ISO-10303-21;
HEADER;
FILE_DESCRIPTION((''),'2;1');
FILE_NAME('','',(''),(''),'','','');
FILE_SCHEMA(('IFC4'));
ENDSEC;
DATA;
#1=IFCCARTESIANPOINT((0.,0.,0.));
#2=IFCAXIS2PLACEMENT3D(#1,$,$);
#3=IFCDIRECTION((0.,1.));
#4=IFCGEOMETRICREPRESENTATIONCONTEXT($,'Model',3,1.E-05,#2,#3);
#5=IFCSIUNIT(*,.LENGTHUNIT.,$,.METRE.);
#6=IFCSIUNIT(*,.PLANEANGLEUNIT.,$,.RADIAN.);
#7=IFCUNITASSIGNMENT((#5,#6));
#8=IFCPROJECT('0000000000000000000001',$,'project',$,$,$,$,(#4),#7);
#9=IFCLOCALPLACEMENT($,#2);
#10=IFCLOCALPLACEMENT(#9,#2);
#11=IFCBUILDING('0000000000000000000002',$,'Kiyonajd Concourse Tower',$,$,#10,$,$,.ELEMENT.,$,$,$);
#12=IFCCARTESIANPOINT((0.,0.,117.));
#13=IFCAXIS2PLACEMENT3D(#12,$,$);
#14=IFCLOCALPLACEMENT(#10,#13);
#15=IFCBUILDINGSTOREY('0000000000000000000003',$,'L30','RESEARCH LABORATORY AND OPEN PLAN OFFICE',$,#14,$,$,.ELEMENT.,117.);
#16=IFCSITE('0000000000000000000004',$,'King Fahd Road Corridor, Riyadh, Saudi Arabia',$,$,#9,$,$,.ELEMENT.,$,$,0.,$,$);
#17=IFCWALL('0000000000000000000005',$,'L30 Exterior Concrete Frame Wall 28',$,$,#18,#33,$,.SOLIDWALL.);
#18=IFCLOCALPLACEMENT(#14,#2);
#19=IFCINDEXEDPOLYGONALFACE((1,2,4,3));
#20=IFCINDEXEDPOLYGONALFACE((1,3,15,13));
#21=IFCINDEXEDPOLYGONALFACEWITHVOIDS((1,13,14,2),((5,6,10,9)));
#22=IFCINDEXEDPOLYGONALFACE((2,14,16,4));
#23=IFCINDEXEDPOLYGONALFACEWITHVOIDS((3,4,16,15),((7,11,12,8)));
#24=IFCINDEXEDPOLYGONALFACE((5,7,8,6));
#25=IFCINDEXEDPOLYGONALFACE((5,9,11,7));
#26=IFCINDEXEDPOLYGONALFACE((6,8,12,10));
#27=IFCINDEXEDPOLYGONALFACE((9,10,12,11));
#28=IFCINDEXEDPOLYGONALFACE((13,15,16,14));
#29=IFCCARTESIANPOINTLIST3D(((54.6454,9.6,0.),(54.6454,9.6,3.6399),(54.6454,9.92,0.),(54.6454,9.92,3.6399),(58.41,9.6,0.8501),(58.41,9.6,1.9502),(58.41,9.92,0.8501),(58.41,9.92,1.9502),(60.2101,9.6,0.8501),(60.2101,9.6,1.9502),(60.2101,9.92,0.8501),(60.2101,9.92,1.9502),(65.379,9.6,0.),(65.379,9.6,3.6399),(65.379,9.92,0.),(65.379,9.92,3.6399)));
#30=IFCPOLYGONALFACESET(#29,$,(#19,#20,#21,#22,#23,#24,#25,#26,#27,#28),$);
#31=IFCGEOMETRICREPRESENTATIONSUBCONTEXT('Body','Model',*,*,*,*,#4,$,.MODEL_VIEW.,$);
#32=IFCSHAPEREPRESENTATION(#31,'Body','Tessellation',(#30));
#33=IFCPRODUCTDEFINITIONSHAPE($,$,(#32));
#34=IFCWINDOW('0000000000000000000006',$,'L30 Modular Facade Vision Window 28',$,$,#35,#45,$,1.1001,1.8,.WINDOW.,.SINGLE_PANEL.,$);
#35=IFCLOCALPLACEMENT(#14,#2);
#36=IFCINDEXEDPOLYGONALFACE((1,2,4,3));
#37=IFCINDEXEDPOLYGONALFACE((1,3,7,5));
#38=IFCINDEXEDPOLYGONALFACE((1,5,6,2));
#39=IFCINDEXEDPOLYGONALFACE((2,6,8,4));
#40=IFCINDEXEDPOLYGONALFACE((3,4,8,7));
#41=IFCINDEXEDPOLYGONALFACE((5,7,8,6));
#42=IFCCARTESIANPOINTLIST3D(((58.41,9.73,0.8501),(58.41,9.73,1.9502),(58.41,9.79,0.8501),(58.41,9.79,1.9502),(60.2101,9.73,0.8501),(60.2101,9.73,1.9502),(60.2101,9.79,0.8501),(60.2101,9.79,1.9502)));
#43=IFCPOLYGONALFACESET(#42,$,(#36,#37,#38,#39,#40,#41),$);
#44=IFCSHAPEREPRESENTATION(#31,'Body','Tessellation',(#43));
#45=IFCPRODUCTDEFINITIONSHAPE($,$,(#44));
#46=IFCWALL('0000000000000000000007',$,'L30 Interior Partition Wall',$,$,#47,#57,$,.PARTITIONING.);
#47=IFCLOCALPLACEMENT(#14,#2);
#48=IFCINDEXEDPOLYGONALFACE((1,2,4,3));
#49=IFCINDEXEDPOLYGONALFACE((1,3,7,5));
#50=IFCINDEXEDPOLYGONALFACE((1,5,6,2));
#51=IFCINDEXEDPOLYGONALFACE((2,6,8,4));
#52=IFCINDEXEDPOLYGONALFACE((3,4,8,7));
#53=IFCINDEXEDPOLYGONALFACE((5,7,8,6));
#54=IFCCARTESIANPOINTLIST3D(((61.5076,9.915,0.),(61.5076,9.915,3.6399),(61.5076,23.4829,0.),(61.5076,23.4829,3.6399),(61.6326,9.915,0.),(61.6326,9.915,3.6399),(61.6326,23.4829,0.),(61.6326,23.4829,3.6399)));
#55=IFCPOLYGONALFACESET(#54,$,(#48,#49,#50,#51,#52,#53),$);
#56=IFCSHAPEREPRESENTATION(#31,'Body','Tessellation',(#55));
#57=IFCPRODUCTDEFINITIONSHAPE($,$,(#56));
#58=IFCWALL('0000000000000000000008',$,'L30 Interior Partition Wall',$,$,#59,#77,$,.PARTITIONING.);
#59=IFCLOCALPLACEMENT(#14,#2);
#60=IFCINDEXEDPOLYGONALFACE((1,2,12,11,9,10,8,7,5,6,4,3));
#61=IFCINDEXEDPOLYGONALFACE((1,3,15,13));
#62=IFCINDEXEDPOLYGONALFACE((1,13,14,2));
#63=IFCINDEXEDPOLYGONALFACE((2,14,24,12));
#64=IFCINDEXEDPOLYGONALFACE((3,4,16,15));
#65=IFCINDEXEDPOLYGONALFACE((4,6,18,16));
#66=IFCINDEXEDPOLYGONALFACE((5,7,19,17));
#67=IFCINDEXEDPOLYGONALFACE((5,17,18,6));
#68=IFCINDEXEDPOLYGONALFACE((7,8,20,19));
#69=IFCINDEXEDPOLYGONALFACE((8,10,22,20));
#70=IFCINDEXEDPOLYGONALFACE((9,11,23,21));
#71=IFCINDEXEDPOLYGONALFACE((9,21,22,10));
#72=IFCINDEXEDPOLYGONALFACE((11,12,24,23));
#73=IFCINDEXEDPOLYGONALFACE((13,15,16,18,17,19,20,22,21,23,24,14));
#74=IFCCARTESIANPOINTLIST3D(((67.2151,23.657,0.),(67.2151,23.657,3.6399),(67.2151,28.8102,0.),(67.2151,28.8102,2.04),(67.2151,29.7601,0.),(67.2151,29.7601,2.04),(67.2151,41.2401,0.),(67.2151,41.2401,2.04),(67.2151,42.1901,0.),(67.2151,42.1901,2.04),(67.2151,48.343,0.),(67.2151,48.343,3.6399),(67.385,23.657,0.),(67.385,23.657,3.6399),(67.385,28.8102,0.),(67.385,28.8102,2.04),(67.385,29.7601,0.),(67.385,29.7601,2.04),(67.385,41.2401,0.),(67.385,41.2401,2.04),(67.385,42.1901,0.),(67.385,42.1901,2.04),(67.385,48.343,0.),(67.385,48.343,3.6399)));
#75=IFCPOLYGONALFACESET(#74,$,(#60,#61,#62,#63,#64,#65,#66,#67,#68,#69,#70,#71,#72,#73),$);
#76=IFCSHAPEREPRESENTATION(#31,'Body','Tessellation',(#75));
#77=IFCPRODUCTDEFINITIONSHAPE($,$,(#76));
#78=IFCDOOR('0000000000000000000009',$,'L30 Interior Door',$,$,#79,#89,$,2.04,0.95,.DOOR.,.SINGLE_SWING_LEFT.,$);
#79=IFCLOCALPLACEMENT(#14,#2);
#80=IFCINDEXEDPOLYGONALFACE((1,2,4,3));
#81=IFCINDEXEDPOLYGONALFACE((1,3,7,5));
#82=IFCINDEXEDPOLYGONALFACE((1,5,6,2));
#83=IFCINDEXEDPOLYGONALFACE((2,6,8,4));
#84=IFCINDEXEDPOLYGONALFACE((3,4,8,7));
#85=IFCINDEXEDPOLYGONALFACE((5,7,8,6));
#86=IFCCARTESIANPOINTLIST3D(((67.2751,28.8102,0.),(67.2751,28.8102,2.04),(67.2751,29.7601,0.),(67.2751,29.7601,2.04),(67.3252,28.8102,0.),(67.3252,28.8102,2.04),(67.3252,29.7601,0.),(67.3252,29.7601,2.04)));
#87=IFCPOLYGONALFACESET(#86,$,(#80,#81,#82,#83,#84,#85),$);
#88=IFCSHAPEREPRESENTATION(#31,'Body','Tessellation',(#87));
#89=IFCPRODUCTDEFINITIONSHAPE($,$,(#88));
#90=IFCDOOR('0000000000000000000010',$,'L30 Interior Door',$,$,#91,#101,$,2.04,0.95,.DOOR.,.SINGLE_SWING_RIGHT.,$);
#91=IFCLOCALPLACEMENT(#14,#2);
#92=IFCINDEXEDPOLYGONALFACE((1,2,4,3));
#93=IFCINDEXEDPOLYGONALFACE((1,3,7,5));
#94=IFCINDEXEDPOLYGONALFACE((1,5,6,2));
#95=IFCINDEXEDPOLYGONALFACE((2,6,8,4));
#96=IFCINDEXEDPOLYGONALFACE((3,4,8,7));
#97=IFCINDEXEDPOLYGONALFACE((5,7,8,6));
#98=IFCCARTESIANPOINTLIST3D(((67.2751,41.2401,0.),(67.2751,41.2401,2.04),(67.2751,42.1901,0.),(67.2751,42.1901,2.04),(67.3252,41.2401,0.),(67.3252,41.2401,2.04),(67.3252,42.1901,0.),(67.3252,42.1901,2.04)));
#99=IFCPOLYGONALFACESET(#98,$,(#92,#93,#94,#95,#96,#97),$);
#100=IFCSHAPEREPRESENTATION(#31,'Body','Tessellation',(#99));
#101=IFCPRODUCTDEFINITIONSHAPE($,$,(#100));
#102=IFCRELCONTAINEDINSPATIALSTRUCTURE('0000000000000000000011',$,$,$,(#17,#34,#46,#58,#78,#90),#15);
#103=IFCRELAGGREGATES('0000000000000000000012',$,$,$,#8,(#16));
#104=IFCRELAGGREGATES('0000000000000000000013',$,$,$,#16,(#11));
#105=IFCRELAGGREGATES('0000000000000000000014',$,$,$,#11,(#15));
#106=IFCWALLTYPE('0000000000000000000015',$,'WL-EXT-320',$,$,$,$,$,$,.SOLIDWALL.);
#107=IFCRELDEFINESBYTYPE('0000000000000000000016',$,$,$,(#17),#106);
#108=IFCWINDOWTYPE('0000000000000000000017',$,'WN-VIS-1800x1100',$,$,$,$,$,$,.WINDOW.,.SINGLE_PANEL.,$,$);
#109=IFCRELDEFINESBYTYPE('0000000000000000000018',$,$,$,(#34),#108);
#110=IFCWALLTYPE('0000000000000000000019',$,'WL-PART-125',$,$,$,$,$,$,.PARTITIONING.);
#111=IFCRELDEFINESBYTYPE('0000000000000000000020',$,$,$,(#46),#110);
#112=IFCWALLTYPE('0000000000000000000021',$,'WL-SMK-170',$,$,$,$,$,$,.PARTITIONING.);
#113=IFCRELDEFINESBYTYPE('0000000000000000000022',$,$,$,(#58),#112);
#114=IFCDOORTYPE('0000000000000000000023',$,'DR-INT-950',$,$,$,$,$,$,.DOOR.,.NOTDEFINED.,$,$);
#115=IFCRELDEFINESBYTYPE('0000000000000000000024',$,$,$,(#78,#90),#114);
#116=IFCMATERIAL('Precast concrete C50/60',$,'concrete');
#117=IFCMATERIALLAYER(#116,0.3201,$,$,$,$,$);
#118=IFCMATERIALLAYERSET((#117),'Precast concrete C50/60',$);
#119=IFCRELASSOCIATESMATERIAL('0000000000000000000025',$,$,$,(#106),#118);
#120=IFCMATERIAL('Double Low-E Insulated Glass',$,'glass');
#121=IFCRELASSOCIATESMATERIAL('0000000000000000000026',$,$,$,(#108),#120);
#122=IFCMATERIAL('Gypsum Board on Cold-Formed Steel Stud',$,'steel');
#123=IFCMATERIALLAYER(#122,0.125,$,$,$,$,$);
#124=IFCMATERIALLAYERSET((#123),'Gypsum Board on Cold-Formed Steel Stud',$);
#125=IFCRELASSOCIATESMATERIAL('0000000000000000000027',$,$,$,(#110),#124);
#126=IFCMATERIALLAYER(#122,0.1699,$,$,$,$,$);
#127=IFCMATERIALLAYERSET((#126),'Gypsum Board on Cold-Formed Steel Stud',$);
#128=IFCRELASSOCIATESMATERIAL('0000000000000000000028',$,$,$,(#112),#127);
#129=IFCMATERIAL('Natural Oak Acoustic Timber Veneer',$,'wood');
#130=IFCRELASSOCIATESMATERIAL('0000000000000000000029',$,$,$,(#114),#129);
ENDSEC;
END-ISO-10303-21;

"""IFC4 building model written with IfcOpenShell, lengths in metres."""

from ifc_helpers import new_model, si_unit, direction, frame, frame_2d, origin, place, context, subcontext, project, spatial, rectangle, extrude, material, layer, layer_set, type_object, element, fill, save


model = new_model("IFC4")

# Units and contexts
model_context = context("Model", 3, precision=1e-05, world=origin(), true_north=direction((0.0, 1.0)))
body_context = subcontext(model_context, "Body", "Model", "MODEL_VIEW")
ifc_project = project(units=[si_unit("LENGTHUNIT", "METRE"), si_unit("PLANEANGLEUNIT", "RADIAN")], contexts=[model_context])

# Site, building, storey
site_placement = place(None, origin())
site = spatial("IfcSite", under=ifc_project, at=site_placement, Name="King Fahd Road Corridor, Riyadh, Saudi Arabia", CompositionType="ELEMENT", RefElevation=0.0)
building_placement = place(site_placement, origin())
building = spatial("IfcBuilding", under=site, at=building_placement, Name="Kiyonajd Concourse Tower", CompositionType="ELEMENT")
storey_placement = place(building_placement, frame((0.0, 0.0, 117.0)))
storey = spatial("IfcBuildingStorey", under=building, at=storey_placement, Name="L30", Description="RESEARCH LABORATORY AND OPEN PLAN OFFICE", CompositionType="ELEMENT", Elevation=117.0)

# Shared definitions
ifc_material_1 = material(Name="Precast concrete C50/60", Category="concrete")

# Shared definitions
ifc_material_2 = material(Name="Double Low-E Insulated Glass", Category="glass")

# Shared definitions
ifc_layer_1 = layer(ifc_material_1, 0.3201)
ifc_layer_set_1 = layer_set([ifc_layer_1], Name="Precast concrete C50/60")
wall_type_1 = type_object("IfcWallType", Name="WL-EXT-320", PredefinedType="SOLIDWALL", material=ifc_layer_set_1)

# Wall, opening, window
wall_1_placement = place(storey_placement, frame((65.3789, 9.76, 0.0), z_axis=(0.0, 0.0, 1.0), x_axis=(-1.0, 0.0, 0.0)))
wall_1 = element("IfcWall", 1, at=wall_1_placement, inside=storey, type_object=wall_type_1, Name="L30 Exterior Concrete Frame Wall 28", PredefinedType="SOLIDWALL", context=body_context, shape_type="SweptSolid", body=[
    extrude(rectangle(XDim=10.7336, YDim=0.3201, at=frame_2d((5.3667, 0.0))), origin(), (0.0, 0.0, 1.0), 3.6399),
])
opening_1_placement = place(wall_1_placement, frame((5.1689, 0.0, 0.8501)))
opening_1 = element("IfcOpeningElement", 2, at=opening_1_placement, cuts=wall_1, PredefinedType="OPENING", context=body_context, shape_type="SweptSolid", body=[
    extrude(rectangle(XDim=1.8, YDim=1.1001, at=frame_2d((0.8999, 0.55))), frame((0.0, 0.1699, 0.0), z_axis=(0.0, -1.0, 0.0), x_axis=(1.0, 0.0, 0.0)), (0.0, 0.0, 1.0), 0.3401),
])
window_type = type_object("IfcWindowType", Name="WN-VIS-1800x1100", PartitioningType="SINGLE_PANEL", PredefinedType="WINDOW", material=ifc_material_2)
window_placement = place(opening_1_placement, origin())
window = element("IfcWindow", 3, at=window_placement, inside=storey, type_object=window_type, Name="L30 Modular Facade Vision Window 28", OverallHeight=1.1001, OverallWidth=1.8, PartitioningType="SINGLE_PANEL", PredefinedType="WINDOW", context=body_context, shape_type="SweptSolid", body=[
    extrude(rectangle(XDim=1.8, YDim=1.1001, at=frame_2d((0.8999, 0.55))), frame((0.0, 0.03, 0.0), z_axis=(0.0, -1.0, 0.0), x_axis=(1.0, 0.0, 0.0)), (0.0, 0.0, 1.0), 0.0601),
])
fill(opening_1, window)

# Wall
ifc_material_3 = material(Name="Gypsum Board on Cold-Formed Steel Stud", Category="steel")
ifc_layer_2 = layer(ifc_material_3, 0.125)
ifc_layer_set_2 = layer_set([ifc_layer_2], Name="Gypsum Board on Cold-Formed Steel Stud")
wall_type_2 = type_object("IfcWallType", Name="WL-PART-125", PredefinedType="PARTITIONING", material=ifc_layer_set_2)
wall_2_placement = place(storey_placement, frame((61.5701, 9.915, 0.0), z_axis=(0.0, 0.0, 1.0), x_axis=(0.0, 1.0, 0.0)))
element("IfcWall", 4, at=wall_2_placement, inside=storey, type_object=wall_type_2, Name="L30 Interior Partition Wall", PredefinedType="PARTITIONING", context=body_context, shape_type="SweptSolid", body=[
    extrude(rectangle(XDim=13.5679, YDim=0.125, at=frame_2d((6.7839, 0.0))), origin(), (0.0, 0.0, 1.0), 3.6399),
])

# Wall, openings, doors
ifc_layer_3 = layer(ifc_material_3, 0.1699)
ifc_layer_set_3 = layer_set([ifc_layer_3], Name="Gypsum Board on Cold-Formed Steel Stud")
wall_type_3 = type_object("IfcWallType", Name="WL-SMK-170", PredefinedType="PARTITIONING", material=ifc_layer_set_3)
wall_3_placement = place(storey_placement, frame((67.3, 23.657, 0.0), z_axis=(0.0, 0.0, 1.0), x_axis=(0.0, 1.0, 0.0)))
wall_3 = element("IfcWall", 5, at=wall_3_placement, inside=storey, type_object=wall_type_3, Name="L30 Interior Partition Wall", PredefinedType="PARTITIONING", context=body_context, shape_type="SweptSolid", body=[
    extrude(rectangle(XDim=24.686, YDim=0.1699, at=frame_2d((12.343, 0.0))), origin(), (0.0, 0.0, 1.0), 3.6399),
])
opening_2_placement = place(wall_3_placement, frame((5.1531, 0.0, 0.0)))
opening_2 = element("IfcOpeningElement", 6, at=opening_2_placement, cuts=wall_3, PredefinedType="OPENING", context=body_context, shape_type="SweptSolid", body=[
    extrude(rectangle(XDim=0.95, YDim=2.04, at=frame_2d((0.4751, 1.02))), frame((0.0, 0.095, 0.0), z_axis=(0.0, -1.0, 0.0), x_axis=(1.0, 0.0, 0.0)), (0.0, 0.0, 1.0), 0.1899),
])
opening_3_placement = place(wall_3_placement, frame((17.583, 0.0, 0.0)))
opening_3 = element("IfcOpeningElement", 7, at=opening_3_placement, cuts=wall_3, PredefinedType="OPENING", context=body_context, shape_type="SweptSolid", body=[
    extrude(rectangle(XDim=0.95, YDim=2.04, at=frame_2d((0.4751, 1.02))), frame((0.0, 0.095, 0.0), z_axis=(0.0, -1.0, 0.0), x_axis=(1.0, 0.0, 0.0)), (0.0, 0.0, 1.0), 0.1899),
])
ifc_material_4 = material(Name="Natural Oak Acoustic Timber Veneer", Category="wood")
door_type = type_object("IfcDoorType", Name="DR-INT-950", OperationType="NOTDEFINED", PredefinedType="DOOR", material=ifc_material_4)
door_1_placement = place(opening_2_placement, origin())
door_1 = element("IfcDoor", 8, at=door_1_placement, inside=storey, type_object=door_type, Name="L30 Interior Door", OperationType="SINGLE_SWING_LEFT", OverallHeight=2.04, OverallWidth=0.95, PredefinedType="DOOR", context=body_context, shape_type="SweptSolid", body=[
    extrude(rectangle(XDim=0.95, YDim=2.04, at=frame_2d((0.4751, 1.02))), frame((0.0, 0.0249, 0.0), z_axis=(0.0, -1.0, 0.0), x_axis=(1.0, 0.0, 0.0)), (0.0, 0.0, 1.0), 0.05),
])
fill(opening_2, door_1)
door_2_placement = place(opening_3_placement, origin())
door_2 = element("IfcDoor", 9, at=door_2_placement, inside=storey, type_object=door_type, Name="L30 Interior Door", OperationType="SINGLE_SWING_RIGHT", OverallHeight=2.04, OverallWidth=0.95, PredefinedType="DOOR", context=body_context, shape_type="SweptSolid", body=[
    extrude(rectangle(XDim=0.95, YDim=2.04, at=frame_2d((0.4751, 1.02))), frame((0.0, 0.0249, 0.0), z_axis=(0.0, -1.0, 0.0), x_axis=(1.0, 0.0, 0.0)), (0.0, 0.0, 1.0), 0.05),
])
fill(opening_3, door_2)

save(model, "model.ifc")
